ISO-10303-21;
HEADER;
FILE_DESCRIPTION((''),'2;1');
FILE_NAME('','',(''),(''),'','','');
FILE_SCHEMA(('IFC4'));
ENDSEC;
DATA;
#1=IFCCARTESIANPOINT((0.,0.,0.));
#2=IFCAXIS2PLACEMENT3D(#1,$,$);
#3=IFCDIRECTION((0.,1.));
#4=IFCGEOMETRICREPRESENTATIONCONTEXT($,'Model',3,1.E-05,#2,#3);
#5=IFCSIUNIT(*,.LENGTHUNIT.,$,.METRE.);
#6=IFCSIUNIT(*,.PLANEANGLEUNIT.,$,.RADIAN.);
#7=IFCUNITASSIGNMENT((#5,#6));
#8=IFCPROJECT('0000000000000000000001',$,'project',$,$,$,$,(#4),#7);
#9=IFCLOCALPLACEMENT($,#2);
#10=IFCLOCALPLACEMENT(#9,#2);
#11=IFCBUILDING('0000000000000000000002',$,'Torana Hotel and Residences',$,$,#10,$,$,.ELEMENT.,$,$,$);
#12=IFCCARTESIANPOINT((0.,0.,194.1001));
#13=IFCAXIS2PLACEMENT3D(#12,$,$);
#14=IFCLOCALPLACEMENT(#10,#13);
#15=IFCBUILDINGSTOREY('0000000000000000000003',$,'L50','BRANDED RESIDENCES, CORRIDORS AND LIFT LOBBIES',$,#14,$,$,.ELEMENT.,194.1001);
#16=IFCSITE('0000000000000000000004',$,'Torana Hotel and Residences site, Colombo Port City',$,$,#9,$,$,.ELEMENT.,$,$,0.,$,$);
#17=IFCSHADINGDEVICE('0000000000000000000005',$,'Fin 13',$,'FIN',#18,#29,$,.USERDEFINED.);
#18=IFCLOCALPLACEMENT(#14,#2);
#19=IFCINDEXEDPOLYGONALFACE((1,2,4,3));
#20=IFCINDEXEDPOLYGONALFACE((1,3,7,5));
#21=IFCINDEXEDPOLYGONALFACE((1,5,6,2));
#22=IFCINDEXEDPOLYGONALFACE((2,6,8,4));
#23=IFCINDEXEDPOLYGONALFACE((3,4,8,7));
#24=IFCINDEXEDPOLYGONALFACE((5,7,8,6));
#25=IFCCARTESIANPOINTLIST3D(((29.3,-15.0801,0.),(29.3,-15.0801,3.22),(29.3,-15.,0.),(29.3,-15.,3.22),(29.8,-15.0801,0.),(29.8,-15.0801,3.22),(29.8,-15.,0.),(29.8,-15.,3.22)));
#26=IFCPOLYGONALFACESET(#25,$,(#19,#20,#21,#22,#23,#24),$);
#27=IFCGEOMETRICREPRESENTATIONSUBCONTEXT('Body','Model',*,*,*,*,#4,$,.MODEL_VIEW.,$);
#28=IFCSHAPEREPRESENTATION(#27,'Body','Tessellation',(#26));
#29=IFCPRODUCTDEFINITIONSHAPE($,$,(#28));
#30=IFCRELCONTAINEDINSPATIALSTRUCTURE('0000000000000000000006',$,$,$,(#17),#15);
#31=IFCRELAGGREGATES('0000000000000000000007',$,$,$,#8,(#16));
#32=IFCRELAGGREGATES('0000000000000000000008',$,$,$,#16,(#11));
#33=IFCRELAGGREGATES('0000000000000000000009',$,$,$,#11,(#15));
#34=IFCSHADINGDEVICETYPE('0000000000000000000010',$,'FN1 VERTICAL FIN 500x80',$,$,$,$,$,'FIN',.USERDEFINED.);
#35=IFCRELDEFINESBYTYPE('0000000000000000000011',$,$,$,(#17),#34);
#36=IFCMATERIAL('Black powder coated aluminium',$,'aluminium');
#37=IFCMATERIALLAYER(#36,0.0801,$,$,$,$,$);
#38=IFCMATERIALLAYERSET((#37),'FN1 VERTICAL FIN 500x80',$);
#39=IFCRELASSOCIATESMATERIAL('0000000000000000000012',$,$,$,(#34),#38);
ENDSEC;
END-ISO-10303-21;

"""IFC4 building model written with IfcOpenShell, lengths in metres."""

from ifc_helpers import new_model, si_unit, direction, frame, origin, origin_2d, place, context, subcontext, project, spatial, rectangle, extrude, material, layer, layer_set, type_object, element, save


model = new_model("IFC4")

# Units and contexts
model_context = context("Model", 3, precision=1e-05, world=origin(), true_north=direction((0.0, 1.0)))
body_context = subcontext(model_context, "Body", "Model", "MODEL_VIEW")
ifc_project = project(units=[si_unit("LENGTHUNIT", "METRE"), si_unit("PLANEANGLEUNIT", "RADIAN")], contexts=[model_context])

# Site, building, storey
site_placement = place(None, origin())
site = spatial("IfcSite", under=ifc_project, at=site_placement, Name="Torana Hotel and Residences site, Colombo Port City", CompositionType="ELEMENT", RefElevation=0.0)
building_placement = place(site_placement, origin())
building = spatial("IfcBuilding", under=site, at=building_placement, Name="Torana Hotel and Residences", CompositionType="ELEMENT")
storey_placement = place(building_placement, frame((0.0, 0.0, 194.1001)))
storey = spatial("IfcBuildingStorey", under=building, at=storey_placement, Name="L50", Description="BRANDED RESIDENCES, CORRIDORS AND LIFT LOBBIES", CompositionType="ELEMENT", Elevation=194.1001)

# Shading device
ifc_material_1 = material(Name="Black powder coated aluminium", Category="aluminium")
ifc_layer_1 = layer(ifc_material_1, 0.0801)
ifc_layer_set_1 = layer_set([ifc_layer_1], Name="FN1 VERTICAL FIN 500x80")
shading_device_type = type_object("IfcShadingDeviceType", Name="FN1 VERTICAL FIN 500x80", ElementType="FIN", PredefinedType="USERDEFINED", material=ifc_layer_set_1)
shading_device_placement = place(storey_placement, frame((29.55, -15.04, 0.0), z_axis=(0.0, 0.0, 1.0), x_axis=(0.0, -1.0, 0.0)))
element("IfcShadingDevice", 1, at=shading_device_placement, inside=storey, type_object=shading_device_type, Name="Fin 13", ObjectType="FIN", PredefinedType="USERDEFINED", context=body_context, shape_type="SweptSolid", body=[
    extrude(rectangle(XDim=0.0801, YDim=0.5, at=origin_2d()), origin(), (0.0, 0.0, 1.0), 3.22),
])

save(model, "model.ifc")
